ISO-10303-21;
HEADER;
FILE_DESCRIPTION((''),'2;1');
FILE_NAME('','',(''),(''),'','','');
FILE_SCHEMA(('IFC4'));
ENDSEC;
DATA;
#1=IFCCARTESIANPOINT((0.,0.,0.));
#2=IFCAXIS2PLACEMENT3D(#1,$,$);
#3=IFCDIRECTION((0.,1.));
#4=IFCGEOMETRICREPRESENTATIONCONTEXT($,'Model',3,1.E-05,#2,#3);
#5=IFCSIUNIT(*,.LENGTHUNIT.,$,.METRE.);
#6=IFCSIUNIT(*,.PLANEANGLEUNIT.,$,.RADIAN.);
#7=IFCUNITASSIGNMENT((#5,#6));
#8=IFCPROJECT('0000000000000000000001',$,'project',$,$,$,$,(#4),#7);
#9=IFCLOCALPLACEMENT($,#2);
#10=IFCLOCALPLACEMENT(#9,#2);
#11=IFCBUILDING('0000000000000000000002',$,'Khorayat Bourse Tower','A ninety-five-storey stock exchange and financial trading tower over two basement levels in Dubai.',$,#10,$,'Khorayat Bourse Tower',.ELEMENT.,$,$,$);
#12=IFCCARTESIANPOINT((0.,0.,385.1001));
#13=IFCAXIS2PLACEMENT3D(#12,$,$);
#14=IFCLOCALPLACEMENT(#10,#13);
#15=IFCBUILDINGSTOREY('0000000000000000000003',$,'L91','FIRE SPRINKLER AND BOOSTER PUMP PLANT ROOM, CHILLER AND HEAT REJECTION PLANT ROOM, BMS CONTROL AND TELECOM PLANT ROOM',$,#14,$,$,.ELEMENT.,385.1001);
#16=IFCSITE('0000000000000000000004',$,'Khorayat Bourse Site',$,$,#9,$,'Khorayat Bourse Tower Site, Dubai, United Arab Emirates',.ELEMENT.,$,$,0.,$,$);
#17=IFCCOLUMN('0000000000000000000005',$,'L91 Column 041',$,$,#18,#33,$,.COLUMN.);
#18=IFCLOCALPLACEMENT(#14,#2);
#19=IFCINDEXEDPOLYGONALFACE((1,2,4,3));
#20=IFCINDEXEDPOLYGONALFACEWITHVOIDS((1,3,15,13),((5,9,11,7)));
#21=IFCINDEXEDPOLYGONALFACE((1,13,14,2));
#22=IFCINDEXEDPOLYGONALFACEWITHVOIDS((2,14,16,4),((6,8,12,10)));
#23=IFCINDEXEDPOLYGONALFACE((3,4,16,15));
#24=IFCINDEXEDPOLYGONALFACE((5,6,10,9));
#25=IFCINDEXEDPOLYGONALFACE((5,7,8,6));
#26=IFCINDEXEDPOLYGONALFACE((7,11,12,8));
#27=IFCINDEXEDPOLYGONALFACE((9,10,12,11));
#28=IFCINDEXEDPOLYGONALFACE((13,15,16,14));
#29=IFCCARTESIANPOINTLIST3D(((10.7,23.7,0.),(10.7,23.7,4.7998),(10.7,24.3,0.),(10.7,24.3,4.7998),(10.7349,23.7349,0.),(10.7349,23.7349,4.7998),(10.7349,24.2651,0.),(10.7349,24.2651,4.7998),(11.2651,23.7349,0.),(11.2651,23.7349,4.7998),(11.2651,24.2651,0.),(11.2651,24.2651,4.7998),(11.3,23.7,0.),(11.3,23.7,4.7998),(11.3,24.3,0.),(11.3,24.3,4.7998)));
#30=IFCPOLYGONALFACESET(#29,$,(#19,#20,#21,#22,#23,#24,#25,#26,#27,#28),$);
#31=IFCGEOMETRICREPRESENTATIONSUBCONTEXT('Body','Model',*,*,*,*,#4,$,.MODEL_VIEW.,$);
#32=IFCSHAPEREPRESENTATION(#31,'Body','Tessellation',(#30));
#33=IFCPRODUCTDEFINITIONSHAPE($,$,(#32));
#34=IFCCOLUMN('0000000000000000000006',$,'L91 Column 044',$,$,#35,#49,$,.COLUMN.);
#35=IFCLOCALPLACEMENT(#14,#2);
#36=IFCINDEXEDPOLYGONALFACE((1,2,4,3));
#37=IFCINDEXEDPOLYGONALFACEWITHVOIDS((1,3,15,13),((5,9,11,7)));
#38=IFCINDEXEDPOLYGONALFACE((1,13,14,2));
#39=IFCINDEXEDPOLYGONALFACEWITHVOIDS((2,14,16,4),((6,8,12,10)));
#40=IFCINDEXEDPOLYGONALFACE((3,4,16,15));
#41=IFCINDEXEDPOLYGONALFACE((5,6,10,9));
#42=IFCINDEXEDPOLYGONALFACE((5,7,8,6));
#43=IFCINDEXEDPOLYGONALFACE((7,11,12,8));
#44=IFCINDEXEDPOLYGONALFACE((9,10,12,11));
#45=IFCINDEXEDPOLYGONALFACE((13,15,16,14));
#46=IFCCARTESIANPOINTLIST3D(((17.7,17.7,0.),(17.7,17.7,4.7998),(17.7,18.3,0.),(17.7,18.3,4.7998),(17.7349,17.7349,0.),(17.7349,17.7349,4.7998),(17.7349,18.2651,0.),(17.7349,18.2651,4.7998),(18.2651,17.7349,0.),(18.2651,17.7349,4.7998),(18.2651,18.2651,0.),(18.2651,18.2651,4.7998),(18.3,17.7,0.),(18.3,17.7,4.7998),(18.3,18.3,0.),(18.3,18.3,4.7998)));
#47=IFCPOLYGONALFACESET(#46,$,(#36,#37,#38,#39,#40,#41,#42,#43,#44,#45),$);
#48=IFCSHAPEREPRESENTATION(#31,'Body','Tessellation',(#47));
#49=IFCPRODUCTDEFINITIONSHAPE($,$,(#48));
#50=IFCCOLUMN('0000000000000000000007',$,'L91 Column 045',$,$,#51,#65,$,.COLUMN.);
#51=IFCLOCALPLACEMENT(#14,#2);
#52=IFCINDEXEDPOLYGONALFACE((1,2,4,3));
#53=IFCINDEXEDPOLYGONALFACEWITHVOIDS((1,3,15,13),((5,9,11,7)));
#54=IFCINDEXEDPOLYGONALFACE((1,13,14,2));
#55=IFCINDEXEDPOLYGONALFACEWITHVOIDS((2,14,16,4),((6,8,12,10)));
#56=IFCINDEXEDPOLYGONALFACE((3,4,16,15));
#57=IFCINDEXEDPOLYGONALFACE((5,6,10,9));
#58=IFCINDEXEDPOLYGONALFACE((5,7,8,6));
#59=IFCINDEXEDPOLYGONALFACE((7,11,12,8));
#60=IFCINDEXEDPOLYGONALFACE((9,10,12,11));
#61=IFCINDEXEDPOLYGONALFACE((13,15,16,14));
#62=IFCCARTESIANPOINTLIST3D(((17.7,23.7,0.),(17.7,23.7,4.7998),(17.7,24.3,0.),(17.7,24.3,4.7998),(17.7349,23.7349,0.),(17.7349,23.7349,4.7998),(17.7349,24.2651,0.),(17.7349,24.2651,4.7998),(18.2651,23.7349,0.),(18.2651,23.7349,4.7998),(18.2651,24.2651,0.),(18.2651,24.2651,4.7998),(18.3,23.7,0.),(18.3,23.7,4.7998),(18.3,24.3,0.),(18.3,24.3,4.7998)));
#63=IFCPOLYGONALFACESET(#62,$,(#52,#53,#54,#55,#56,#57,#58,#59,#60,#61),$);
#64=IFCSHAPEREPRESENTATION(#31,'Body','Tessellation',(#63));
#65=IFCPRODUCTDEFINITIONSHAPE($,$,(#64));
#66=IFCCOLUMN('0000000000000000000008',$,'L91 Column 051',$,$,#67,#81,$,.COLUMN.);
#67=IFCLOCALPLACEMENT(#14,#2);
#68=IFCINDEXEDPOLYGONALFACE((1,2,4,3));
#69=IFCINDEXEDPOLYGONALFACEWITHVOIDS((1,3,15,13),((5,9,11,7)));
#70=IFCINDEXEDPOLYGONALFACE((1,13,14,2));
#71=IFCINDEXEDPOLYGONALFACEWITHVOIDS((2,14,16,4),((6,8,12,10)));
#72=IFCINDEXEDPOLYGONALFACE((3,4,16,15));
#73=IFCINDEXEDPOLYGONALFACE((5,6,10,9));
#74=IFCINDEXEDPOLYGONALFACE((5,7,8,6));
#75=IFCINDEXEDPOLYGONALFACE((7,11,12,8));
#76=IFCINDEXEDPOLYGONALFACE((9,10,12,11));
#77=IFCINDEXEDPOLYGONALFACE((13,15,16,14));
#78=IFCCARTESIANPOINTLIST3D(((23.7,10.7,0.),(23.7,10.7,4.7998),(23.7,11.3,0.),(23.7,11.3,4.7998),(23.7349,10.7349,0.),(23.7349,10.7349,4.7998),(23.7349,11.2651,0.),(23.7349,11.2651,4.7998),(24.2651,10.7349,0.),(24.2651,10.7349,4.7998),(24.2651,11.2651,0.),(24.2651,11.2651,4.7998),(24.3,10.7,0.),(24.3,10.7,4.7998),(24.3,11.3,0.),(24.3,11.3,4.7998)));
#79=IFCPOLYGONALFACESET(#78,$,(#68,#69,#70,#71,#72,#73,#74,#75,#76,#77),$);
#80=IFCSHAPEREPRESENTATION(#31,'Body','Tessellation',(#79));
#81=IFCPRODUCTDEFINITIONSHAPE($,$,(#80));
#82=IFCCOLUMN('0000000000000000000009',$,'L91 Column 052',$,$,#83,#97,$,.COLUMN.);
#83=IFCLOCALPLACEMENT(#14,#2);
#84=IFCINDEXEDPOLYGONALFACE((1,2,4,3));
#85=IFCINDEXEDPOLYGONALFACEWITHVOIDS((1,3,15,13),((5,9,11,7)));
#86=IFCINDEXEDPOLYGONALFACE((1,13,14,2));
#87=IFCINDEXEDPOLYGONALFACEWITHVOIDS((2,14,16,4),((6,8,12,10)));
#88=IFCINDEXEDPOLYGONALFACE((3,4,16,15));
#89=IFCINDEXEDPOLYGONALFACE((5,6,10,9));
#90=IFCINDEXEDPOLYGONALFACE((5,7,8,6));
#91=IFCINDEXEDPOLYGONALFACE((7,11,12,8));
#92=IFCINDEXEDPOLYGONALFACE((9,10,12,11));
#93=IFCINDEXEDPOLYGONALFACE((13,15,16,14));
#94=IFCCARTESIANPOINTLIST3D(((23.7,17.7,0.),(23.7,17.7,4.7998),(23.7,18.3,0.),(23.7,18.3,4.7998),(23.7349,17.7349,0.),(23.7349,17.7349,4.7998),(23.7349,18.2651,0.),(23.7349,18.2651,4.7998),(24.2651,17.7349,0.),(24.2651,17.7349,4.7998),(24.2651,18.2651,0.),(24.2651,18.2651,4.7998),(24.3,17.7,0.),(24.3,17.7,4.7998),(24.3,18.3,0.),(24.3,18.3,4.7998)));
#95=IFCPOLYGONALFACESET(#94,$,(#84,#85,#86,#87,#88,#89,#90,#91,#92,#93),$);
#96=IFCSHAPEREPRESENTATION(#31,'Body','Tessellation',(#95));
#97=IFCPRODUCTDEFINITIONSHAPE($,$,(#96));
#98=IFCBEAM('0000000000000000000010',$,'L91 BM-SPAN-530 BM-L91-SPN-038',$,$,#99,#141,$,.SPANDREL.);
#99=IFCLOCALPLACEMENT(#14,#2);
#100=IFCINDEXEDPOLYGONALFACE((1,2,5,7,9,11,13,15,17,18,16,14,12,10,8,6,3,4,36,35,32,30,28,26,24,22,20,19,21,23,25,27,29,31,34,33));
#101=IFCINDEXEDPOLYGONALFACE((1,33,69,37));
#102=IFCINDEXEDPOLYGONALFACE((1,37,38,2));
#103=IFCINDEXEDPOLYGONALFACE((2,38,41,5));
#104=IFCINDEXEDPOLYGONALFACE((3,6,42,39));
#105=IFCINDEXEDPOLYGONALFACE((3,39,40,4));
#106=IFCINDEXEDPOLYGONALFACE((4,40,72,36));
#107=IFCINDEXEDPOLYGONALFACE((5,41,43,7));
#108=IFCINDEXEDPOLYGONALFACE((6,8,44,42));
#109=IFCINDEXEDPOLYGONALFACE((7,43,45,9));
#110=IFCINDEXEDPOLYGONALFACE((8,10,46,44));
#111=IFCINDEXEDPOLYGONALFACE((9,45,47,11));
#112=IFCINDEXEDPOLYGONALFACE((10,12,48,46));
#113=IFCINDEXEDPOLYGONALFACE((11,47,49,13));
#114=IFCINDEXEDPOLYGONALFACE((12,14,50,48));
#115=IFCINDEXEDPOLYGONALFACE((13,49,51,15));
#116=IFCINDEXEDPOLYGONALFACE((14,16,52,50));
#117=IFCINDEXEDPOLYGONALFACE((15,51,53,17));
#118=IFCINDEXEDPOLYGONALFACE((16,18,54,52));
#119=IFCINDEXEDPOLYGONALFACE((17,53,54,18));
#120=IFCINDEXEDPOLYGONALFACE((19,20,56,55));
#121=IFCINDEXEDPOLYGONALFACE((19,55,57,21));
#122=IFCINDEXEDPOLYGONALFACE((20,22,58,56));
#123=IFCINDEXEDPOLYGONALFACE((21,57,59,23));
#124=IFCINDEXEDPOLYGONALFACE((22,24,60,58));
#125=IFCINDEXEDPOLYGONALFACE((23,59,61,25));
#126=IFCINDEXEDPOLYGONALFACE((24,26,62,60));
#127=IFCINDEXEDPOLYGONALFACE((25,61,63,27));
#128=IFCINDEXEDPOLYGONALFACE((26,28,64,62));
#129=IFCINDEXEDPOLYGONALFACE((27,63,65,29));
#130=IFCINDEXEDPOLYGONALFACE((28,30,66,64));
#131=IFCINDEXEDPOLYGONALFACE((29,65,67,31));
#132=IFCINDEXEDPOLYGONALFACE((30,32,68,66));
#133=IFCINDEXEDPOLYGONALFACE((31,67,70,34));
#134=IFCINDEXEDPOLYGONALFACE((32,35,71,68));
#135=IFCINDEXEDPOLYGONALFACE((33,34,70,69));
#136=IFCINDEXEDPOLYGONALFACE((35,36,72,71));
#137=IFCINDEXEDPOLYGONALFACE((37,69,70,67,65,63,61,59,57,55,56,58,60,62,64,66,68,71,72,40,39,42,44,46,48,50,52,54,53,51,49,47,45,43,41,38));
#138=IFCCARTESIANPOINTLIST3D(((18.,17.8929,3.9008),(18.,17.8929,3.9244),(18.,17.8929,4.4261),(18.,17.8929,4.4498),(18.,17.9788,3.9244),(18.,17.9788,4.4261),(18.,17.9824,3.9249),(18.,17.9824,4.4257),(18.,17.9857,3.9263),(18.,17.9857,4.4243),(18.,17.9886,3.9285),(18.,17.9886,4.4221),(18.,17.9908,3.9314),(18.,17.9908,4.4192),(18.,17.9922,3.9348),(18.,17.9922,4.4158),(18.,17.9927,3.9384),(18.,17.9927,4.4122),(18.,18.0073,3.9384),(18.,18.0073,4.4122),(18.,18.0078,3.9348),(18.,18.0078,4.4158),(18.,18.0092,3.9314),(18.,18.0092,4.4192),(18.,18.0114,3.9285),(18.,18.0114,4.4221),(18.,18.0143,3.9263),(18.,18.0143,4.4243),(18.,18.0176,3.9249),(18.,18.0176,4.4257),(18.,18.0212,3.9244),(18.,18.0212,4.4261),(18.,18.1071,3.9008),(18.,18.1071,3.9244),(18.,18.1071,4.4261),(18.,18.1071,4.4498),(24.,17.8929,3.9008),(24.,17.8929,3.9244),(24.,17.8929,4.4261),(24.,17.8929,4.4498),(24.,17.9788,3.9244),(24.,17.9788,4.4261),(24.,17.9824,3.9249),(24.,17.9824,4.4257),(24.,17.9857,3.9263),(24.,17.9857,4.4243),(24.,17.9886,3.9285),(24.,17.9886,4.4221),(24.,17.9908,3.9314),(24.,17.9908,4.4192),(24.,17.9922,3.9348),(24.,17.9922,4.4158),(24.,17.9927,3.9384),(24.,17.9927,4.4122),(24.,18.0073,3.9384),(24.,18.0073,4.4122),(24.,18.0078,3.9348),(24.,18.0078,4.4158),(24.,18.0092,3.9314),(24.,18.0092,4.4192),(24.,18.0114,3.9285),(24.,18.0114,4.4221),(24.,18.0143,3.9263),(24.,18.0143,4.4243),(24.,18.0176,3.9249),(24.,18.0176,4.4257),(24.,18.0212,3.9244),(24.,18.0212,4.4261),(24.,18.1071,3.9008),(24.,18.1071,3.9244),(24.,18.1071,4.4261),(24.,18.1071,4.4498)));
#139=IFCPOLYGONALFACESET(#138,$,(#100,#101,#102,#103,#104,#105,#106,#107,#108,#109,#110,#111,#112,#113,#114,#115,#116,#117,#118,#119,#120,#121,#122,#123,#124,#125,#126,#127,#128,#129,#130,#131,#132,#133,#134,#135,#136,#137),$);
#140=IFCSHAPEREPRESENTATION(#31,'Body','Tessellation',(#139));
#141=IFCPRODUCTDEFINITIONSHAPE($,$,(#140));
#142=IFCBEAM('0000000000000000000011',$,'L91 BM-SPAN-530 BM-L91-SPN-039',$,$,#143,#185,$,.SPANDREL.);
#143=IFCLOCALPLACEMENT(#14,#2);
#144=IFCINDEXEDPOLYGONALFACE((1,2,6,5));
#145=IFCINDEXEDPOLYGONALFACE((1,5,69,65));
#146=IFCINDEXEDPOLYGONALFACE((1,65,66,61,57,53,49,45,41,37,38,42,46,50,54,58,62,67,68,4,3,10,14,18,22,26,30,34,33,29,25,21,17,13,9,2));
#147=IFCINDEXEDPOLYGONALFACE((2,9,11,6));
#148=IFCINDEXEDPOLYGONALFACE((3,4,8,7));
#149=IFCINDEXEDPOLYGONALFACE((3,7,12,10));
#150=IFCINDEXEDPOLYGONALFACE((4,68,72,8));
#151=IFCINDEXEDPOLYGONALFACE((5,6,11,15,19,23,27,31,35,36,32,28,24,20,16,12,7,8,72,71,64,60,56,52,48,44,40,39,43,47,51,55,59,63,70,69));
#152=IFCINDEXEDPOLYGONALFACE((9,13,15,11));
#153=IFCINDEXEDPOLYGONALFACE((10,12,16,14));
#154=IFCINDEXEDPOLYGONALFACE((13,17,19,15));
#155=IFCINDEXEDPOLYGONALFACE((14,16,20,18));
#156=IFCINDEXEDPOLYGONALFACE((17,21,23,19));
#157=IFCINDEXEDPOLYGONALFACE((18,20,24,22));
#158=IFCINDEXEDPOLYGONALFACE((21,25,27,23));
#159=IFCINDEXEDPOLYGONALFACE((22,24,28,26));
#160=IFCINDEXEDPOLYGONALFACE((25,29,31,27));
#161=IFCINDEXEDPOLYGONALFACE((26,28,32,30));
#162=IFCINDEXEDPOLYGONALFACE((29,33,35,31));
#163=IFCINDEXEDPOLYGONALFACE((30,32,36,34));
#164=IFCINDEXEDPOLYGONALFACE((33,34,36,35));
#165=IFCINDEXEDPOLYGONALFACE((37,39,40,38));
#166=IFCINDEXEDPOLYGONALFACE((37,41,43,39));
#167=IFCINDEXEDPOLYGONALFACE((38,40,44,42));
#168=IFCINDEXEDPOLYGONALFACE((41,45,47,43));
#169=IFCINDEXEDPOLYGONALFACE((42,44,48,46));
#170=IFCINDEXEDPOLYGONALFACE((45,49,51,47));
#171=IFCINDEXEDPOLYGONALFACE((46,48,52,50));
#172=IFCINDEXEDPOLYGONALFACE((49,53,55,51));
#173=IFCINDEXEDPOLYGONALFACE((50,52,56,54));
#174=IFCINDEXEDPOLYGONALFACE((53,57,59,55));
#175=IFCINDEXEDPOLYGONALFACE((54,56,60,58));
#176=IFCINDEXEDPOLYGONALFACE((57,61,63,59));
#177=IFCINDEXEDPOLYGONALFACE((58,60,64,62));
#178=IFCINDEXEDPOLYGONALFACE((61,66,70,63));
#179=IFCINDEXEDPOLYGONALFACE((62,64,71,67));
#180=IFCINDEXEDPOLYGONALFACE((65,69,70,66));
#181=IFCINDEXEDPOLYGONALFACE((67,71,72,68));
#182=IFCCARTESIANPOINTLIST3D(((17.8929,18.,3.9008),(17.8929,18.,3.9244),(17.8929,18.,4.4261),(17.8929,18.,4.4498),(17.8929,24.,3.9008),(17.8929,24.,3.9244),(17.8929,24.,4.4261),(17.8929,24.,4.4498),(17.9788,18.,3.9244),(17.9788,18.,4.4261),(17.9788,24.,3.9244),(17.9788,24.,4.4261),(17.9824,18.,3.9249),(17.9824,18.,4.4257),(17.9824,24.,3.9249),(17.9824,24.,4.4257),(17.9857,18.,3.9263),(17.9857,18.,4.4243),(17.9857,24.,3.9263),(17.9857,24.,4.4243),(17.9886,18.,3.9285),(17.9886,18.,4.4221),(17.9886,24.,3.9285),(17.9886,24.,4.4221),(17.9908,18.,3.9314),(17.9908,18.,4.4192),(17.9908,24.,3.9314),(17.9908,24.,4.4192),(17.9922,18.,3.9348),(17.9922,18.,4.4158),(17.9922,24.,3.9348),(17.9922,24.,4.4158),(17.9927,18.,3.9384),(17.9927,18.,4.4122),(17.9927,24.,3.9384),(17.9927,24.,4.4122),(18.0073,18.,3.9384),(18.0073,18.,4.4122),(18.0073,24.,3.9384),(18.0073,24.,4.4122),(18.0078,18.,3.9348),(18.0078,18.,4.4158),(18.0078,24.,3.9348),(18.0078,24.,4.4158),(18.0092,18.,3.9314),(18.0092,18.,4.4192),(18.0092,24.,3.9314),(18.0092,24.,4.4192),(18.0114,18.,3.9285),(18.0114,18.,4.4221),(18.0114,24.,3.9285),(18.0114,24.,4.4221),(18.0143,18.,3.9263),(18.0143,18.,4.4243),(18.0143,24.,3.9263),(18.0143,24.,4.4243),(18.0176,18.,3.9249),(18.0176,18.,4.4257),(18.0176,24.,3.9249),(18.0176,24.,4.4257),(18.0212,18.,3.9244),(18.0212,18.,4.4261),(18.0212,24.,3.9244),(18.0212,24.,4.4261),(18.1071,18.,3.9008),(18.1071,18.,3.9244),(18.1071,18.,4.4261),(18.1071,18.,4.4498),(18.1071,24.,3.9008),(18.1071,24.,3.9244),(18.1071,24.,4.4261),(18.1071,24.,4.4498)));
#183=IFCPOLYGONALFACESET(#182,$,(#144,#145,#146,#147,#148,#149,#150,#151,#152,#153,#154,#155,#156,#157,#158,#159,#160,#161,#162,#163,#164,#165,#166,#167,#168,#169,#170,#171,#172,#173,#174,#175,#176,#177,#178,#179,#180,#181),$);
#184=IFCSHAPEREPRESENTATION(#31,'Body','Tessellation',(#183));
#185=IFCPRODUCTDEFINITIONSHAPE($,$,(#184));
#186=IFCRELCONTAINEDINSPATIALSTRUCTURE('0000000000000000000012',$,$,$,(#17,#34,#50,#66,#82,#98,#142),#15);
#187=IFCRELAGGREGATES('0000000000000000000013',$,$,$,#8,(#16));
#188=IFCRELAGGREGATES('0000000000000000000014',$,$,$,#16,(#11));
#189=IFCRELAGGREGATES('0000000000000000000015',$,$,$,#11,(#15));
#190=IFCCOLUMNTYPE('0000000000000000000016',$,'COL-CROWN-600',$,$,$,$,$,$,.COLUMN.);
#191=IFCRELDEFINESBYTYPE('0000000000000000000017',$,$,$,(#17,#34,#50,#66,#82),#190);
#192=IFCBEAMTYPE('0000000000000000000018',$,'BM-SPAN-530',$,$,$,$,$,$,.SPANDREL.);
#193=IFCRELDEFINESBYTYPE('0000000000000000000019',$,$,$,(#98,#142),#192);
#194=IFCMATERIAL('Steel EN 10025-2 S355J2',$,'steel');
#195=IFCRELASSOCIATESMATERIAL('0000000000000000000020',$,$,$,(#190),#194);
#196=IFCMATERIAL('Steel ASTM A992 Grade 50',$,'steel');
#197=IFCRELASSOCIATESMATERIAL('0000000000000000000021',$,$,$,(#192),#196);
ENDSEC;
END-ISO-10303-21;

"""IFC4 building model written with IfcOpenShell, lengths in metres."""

from ifc_helpers import new_model, si_unit, direction, frame, origin, origin_2d, place, context, subcontext, project, spatial, hollow_rectangle, i_section, extrude, source, transform, mapped, material, material_profile, profile_set, type_object, element, save


model = new_model("IFC4")

# Units and contexts
model_context = context("Model", 3, precision=1e-05, world=origin(), true_north=direction((0.0, 1.0)))
body_context = subcontext(model_context, "Body", "Model", "MODEL_VIEW")
ifc_project = project(units=[si_unit("LENGTHUNIT", "METRE"), si_unit("PLANEANGLEUNIT", "RADIAN")], contexts=[model_context])

# Site, building, storey
site_placement = place(None, origin())
site = spatial("IfcSite", under=ifc_project, at=site_placement, Name="Khorayat Bourse Site", LongName="Khorayat Bourse Tower Site, Dubai, United Arab Emirates", CompositionType="ELEMENT", RefElevation=0.0)
building_placement = place(site_placement, origin())
building = spatial("IfcBuilding", under=site, at=building_placement, Name="Khorayat Bourse Tower", Description="A ninety-five-storey stock exchange and financial trading tower over two basement levels in Dubai.", LongName="Khorayat Bourse Tower", CompositionType="ELEMENT")
storey_placement = place(building_placement, frame((0.0, 0.0, 385.1001)))
storey = spatial("IfcBuildingStorey", under=building, at=storey_placement, Name="L91", Description="FIRE SPRINKLER AND BOOSTER PUMP PLANT ROOM, CHILLER AND HEAT REJECTION PLANT ROOM, BMS CONTROL AND TELECOM PLANT ROOM", CompositionType="ELEMENT", Elevation=385.1001)

# Columns
ifc_material_1 = material(Name="Steel EN 10025-2 S355J2", Category="steel")
ifc_material_profile_1 = material_profile(ifc_material_1, hollow_rectangle(XDim=0.6001, YDim=0.6001, WallThickness=0.0349, at=origin_2d()), Name="BOX 600x600x35")
ifc_profile_set_1 = profile_set([ifc_material_profile_1], Name="Steel EN 10025-2 S355J2")
column_type = type_object("IfcColumnType", Name="COL-CROWN-600", PredefinedType="COLUMN", material=ifc_profile_set_1)
shared_shape_1 = source(origin(), body_context, "Body", "SweptSolid", [
    extrude(hollow_rectangle(XDim=0.6001, YDim=0.6001, WallThickness=0.0349, at=origin_2d()), origin(), (0.0, 0.0, 1.0), 4.7998),
])
for number, where, z_axis, x_axis, name in (
    (1, (11.0, 24.0, 0.0), (0.0, 0.0, 1.0), (1.0, 0.0, 0.0), "L91 Column 041"),
    (2, (18.0, 18.0, 0.0), (0.0, 0.0, 1.0), (1.0, 0.0, 0.0), "L91 Column 044"),
    (3, (18.0, 24.0, 0.0), (0.0, 0.0, 1.0), (1.0, 0.0, 0.0), "L91 Column 045"),
    (4, (24.0, 11.0, 0.0), (0.0, 0.0, 1.0), (1.0, 0.0, 0.0), "L91 Column 051"),
    (5, (24.0, 18.0, 0.0), (0.0, 0.0, 1.0), (1.0, 0.0, 0.0), "L91 Column 052"),
):
    element("IfcColumn", number, at=place(storey_placement, frame(where, z_axis=z_axis, x_axis=x_axis)), inside=storey, type_object=column_type, Name=name, PredefinedType="COLUMN", context=body_context, shape_type="MappedRepresentation", body=[
        mapped(shared_shape_1, transform((0.0, 0.0, 0.0), scale=1.0)),
    ])

# Beams
ifc_material_2 = material(Name="Steel ASTM A992 Grade 50", Category="steel")
ifc_material_profile_2 = material_profile(ifc_material_2, i_section(OverallWidth=0.2141, OverallDepth=0.5491, WebThickness=0.0146, FlangeThickness=0.0237, FilletRadius=0.0139, at=origin_2d()), Name="W530X138")
ifc_profile_set_2 = profile_set([ifc_material_profile_2], Name="Steel ASTM A992 Grade 50")
beam_type_1 = type_object("IfcBeamType", Name="BM-SPAN-530", PredefinedType="SPANDREL", material=ifc_profile_set_2)
shared_shape_2 = source(origin(), body_context, "Body", "SweptSolid", [
    extrude(i_section(OverallWidth=0.2141, OverallDepth=0.5491, WebThickness=0.0146, FlangeThickness=0.0237, FilletRadius=0.0139, at=origin_2d()), origin(), (0.0, 0.0, 1.0), 6.0),
])
for number, where, z_axis, x_axis, name in (
    (6, (18.0, 18.0, 4.1753), (1.0, 0.0, 0.0), (0.0, 1.0, 0.0), "L91 BM-SPAN-530 BM-L91-SPN-038"),
    (7, (18.0, 18.0, 4.1753), (0.0, 1.0, 0.0), (-1.0, 0.0, 0.0), "L91 BM-SPAN-530 BM-L91-SPN-039"),
):
    element("IfcBeam", number, at=place(storey_placement, frame(where, z_axis=z_axis, x_axis=x_axis)), inside=storey, type_object=beam_type_1, Name=name, PredefinedType="SPANDREL", context=body_context, shape_type="MappedRepresentation", body=[
        mapped(shared_shape_2, transform((0.0, 0.0, 0.0), scale=1.0)),
    ])

save(model, "model.ifc")
